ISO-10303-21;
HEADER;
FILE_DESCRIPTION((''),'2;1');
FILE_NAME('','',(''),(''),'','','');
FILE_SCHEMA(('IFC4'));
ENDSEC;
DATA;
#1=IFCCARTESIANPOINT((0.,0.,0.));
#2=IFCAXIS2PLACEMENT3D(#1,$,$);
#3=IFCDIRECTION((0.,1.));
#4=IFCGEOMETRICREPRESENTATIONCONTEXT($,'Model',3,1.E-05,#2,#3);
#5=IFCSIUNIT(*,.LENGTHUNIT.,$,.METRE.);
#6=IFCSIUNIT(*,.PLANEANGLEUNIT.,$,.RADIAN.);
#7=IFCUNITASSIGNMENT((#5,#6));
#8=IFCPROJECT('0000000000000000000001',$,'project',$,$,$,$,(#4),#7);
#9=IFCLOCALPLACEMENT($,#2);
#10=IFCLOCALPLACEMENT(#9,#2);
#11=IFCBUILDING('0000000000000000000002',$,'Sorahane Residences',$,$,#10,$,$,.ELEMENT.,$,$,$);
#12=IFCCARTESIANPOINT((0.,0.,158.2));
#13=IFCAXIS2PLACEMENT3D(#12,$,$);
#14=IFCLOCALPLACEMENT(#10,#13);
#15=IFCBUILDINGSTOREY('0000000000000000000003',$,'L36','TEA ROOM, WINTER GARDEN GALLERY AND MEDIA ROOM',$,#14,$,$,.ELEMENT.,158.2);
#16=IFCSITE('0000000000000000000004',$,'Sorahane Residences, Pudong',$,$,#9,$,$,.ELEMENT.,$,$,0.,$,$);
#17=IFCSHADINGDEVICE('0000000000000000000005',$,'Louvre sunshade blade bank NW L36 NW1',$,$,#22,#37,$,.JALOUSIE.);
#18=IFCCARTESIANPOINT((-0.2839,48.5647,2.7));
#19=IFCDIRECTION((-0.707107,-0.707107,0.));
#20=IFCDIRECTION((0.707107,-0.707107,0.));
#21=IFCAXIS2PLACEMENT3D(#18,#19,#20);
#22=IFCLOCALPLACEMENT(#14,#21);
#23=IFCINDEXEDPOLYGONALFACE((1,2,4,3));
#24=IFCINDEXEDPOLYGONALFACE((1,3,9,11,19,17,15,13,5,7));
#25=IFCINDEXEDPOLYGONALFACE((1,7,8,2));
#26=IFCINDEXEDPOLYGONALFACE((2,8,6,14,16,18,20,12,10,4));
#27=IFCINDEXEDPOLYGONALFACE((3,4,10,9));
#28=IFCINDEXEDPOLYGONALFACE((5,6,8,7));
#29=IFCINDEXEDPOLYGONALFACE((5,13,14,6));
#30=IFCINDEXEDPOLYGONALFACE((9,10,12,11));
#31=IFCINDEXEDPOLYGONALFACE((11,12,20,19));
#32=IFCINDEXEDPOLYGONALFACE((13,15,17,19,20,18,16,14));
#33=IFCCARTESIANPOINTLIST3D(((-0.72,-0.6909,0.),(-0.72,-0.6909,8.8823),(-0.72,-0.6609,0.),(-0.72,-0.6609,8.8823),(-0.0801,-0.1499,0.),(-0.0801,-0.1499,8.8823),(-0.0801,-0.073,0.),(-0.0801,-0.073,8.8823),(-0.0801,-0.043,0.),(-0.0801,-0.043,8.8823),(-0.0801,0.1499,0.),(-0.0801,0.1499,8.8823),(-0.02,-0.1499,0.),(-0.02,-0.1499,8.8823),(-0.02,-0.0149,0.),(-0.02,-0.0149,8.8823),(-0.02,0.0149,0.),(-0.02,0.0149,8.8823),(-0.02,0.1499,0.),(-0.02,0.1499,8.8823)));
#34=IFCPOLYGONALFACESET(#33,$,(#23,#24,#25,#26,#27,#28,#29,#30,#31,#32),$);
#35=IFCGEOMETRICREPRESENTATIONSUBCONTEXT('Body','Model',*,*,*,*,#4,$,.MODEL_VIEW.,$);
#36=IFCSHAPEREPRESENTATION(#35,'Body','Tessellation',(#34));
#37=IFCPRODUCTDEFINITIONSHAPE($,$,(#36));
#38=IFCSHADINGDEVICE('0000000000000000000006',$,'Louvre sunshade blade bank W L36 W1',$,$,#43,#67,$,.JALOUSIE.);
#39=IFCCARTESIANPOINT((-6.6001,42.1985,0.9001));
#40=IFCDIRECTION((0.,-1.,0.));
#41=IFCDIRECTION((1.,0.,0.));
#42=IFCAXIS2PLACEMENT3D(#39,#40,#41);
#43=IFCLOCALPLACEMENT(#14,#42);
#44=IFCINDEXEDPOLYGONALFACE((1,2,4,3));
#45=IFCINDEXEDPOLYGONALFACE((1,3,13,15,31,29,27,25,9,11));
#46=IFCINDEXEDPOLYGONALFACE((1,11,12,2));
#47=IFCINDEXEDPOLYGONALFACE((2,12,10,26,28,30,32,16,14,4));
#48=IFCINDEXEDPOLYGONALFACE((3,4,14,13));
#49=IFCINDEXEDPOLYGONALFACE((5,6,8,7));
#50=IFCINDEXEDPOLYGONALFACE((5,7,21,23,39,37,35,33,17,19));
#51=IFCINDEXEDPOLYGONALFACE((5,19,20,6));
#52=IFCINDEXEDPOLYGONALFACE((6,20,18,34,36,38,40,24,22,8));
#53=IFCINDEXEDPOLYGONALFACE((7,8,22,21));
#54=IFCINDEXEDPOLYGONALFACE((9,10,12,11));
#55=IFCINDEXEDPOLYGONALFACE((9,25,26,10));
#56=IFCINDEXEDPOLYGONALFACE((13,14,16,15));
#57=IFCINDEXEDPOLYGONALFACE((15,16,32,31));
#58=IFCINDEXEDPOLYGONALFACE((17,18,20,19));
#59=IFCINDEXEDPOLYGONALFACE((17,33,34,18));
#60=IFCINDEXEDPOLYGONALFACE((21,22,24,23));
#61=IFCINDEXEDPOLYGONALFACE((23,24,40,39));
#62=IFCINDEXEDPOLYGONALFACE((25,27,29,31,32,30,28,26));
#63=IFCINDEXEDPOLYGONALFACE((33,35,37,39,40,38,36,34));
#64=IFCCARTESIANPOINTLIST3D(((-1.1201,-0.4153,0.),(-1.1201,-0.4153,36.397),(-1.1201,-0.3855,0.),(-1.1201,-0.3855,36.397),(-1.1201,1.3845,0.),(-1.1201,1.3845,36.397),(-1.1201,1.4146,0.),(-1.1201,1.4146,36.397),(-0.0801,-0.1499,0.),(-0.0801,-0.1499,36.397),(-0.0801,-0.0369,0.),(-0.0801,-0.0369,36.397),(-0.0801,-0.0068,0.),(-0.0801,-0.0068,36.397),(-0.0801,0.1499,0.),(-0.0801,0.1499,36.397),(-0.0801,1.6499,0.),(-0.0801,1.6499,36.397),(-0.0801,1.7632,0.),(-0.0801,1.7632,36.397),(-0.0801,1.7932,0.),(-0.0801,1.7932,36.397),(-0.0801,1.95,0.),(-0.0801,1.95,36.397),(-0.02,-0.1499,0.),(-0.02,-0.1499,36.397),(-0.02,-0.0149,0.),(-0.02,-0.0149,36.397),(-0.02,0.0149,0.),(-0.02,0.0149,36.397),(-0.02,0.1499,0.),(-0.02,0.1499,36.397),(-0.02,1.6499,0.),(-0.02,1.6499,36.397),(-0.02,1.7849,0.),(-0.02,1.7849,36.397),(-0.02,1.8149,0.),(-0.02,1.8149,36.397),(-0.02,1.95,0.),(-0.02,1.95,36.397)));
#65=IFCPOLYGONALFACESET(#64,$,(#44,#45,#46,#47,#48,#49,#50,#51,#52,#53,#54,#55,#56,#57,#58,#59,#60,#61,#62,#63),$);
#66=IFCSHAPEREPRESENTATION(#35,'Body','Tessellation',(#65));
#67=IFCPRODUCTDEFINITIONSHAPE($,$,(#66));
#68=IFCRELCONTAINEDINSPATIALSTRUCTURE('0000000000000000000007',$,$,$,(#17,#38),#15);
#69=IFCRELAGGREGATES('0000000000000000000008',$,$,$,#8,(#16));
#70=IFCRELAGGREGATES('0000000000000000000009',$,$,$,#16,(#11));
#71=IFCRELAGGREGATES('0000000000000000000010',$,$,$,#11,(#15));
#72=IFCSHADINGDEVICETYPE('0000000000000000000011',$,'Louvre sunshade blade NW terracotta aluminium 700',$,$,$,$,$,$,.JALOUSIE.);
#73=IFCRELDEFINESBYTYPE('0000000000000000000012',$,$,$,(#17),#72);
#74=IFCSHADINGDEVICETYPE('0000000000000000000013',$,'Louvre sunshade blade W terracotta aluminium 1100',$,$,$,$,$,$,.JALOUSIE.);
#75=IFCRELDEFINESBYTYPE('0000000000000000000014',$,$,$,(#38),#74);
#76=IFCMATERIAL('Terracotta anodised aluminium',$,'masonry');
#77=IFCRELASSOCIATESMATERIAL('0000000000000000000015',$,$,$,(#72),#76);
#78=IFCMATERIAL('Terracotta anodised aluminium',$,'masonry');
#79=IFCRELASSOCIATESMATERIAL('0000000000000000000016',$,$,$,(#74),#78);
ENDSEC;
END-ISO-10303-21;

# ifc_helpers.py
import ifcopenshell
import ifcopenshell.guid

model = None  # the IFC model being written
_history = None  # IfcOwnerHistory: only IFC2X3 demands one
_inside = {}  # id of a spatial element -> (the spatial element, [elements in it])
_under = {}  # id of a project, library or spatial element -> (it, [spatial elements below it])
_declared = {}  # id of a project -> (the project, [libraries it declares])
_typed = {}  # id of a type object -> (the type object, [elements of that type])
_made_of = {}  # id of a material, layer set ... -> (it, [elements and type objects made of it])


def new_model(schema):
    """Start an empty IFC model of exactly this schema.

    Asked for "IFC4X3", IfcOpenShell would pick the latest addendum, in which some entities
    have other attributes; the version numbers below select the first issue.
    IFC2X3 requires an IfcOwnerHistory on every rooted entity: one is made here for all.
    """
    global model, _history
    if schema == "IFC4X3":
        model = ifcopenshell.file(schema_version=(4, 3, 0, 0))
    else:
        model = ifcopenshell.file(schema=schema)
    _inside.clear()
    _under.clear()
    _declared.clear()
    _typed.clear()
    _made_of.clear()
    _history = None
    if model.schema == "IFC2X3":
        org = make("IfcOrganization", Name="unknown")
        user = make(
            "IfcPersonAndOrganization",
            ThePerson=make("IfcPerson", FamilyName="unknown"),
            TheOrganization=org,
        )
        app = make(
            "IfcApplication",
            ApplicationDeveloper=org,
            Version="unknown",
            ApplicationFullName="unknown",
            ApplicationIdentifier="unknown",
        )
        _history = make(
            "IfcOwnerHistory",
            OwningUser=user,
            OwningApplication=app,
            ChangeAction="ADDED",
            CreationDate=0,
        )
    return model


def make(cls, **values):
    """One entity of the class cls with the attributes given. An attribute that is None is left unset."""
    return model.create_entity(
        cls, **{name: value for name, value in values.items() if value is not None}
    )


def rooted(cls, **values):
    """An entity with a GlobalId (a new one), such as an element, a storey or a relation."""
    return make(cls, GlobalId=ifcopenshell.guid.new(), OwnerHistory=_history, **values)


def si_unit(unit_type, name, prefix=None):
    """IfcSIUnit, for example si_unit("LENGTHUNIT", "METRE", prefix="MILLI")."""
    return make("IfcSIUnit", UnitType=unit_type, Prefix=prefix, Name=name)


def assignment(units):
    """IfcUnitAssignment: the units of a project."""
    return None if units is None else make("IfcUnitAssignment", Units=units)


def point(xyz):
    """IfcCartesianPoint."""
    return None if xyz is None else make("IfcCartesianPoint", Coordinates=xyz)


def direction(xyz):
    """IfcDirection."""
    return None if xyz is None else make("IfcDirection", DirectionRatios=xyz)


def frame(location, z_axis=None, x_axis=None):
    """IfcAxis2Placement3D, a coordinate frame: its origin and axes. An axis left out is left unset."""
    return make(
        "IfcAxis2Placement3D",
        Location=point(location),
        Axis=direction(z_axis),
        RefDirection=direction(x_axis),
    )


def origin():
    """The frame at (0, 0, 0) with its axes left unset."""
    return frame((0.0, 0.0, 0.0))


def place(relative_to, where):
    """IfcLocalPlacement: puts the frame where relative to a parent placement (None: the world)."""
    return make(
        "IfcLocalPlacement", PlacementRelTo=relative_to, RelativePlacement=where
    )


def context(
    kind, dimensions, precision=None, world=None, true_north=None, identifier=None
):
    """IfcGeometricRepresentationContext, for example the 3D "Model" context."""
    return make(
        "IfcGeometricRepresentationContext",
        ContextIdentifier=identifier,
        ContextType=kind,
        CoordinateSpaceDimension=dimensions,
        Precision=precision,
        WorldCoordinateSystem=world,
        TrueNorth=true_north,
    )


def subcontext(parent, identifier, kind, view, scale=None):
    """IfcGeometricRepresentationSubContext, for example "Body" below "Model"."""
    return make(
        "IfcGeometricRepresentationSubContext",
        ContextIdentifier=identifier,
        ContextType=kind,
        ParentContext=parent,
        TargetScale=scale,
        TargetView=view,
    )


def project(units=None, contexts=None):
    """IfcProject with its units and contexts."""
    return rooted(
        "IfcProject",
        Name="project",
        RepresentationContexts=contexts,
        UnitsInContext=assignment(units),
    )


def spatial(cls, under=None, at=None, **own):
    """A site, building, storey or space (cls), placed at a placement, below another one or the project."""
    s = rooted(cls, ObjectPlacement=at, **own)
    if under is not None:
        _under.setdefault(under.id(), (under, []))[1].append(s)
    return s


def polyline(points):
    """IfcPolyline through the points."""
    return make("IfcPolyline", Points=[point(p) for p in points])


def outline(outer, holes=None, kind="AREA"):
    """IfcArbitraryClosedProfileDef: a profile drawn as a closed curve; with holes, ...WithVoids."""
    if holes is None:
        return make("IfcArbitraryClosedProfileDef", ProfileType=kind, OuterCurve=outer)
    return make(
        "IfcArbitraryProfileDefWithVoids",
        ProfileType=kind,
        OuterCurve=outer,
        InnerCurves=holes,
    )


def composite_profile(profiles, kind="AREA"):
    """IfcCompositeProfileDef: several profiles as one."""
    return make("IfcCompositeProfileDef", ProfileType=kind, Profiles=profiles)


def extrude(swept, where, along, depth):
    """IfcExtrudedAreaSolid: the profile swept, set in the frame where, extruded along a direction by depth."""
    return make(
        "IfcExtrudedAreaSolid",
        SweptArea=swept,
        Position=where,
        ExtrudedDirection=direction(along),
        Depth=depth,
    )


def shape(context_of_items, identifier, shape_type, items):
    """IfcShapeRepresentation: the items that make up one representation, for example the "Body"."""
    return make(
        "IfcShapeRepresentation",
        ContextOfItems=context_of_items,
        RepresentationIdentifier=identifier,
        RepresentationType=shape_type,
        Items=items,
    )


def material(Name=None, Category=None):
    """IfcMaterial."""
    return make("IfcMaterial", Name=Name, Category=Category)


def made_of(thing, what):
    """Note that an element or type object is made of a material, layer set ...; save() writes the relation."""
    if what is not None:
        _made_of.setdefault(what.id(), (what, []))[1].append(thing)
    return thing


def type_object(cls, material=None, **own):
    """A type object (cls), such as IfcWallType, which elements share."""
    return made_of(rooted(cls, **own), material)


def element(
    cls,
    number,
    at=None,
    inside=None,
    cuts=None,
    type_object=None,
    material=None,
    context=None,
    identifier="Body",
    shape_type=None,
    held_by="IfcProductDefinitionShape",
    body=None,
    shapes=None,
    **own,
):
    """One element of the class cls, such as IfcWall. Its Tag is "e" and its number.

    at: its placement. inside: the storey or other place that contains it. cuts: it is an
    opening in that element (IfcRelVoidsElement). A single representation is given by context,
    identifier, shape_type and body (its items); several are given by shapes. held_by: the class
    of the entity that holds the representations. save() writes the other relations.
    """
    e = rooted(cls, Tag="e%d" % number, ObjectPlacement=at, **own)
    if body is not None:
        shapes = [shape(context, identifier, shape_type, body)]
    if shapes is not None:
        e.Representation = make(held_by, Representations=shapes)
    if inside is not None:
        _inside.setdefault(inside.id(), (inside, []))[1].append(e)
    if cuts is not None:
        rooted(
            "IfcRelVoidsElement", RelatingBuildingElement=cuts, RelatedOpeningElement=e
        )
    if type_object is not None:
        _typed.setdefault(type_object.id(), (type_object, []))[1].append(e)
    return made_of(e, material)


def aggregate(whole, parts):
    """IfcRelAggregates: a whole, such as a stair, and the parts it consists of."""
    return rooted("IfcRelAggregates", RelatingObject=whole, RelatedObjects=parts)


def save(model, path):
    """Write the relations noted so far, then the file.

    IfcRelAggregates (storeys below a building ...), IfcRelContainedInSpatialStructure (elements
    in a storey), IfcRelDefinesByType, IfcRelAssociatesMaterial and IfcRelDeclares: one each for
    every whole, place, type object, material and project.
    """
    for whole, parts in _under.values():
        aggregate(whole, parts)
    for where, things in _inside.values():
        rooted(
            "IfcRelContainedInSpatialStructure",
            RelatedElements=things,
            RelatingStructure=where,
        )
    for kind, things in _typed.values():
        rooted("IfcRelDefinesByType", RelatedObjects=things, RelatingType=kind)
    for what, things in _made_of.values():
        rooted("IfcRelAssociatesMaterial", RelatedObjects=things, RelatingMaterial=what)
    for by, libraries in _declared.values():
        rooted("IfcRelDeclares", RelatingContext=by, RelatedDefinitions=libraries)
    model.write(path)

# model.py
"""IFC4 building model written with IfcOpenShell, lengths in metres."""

from ifc_helpers import new_model, si_unit, direction, frame, origin, place, context, subcontext, project, spatial, polyline, outline, composite_profile, extrude, material, type_object, element, save


model = new_model("IFC4")

# Units and contexts
model_context = context("Model", 3, precision=1e-05, world=origin(), true_north=direction((0.0, 1.0)))
body_context = subcontext(model_context, "Body", "Model", "MODEL_VIEW")
ifc_project = project(units=[si_unit("LENGTHUNIT", "METRE"), si_unit("PLANEANGLEUNIT", "RADIAN")], contexts=[model_context])

# Site, building, storey
site_placement = place(None, origin())
site = spatial("IfcSite", under=ifc_project, at=site_placement, Name="Sorahane Residences, Pudong", CompositionType="ELEMENT", RefElevation=0.0)
building_placement = place(site_placement, origin())
building = spatial("IfcBuilding", under=site, at=building_placement, Name="Sorahane Residences", CompositionType="ELEMENT")
storey_placement = place(building_placement, frame((0.0, 0.0, 158.2)))
storey = spatial("IfcBuildingStorey", under=building, at=storey_placement, Name="L36", Description="TEA ROOM, WINTER GARDEN GALLERY AND MEDIA ROOM", CompositionType="ELEMENT", Elevation=158.2)

# Shading devices
ifc_material_1 = material(Name="Terracotta anodised aluminium", Category="masonry")
shading_device_type_1 = type_object("IfcShadingDeviceType", Name="Louvre sunshade blade NW terracotta aluminium 700", PredefinedType="JALOUSIE", material=ifc_material_1)
shading_device_1_placement = place(storey_placement, frame((-0.2839, 48.5647, 2.7), z_axis=(-0.707107, -0.707107, 0.0), x_axis=(0.707107, -0.707107, 0.0)))
element("IfcShadingDevice", 1, at=shading_device_1_placement, inside=storey, type_object=shading_device_type_1, Name="Louvre sunshade blade bank NW L36 NW1", PredefinedType="JALOUSIE", context=body_context, shape_type="SweptSolid", body=[
    extrude(outline(polyline([(-0.72, -0.6609), (-0.72, -0.6909), (-0.0801, -0.073), (-0.0801, -0.1499), (-0.02, -0.1499), (-0.02, -0.0149), (-0.02, 0.0149), (-0.02, 0.1499), (-0.0801, 0.1499), (-0.0801, -0.043), (-0.72, -0.6609)])), origin(), (0.0, 0.0, 1.0), 8.8823),
])
ifc_material_2 = material(Name="Terracotta anodised aluminium", Category="masonry")
shading_device_type_2 = type_object("IfcShadingDeviceType", Name="Louvre sunshade blade W terracotta aluminium 1100", PredefinedType="JALOUSIE", material=ifc_material_2)
shading_device_2_placement = place(storey_placement, frame((-6.6001, 42.1985, 0.9001), z_axis=(0.0, -1.0, 0.0), x_axis=(1.0, 0.0, 0.0)))
element("IfcShadingDevice", 2, at=shading_device_2_placement, inside=storey, type_object=shading_device_type_2, Name="Louvre sunshade blade bank W L36 W1", PredefinedType="JALOUSIE", context=body_context, shape_type="SweptSolid", body=[
    extrude(composite_profile([outline(polyline([(-1.1201, -0.3855), (-1.1201, -0.4153), (-0.0801, -0.0369), (-0.0801, -0.1499), (-0.02, -0.1499), (-0.02, -0.0149), (-0.02, 0.0149), (-0.02, 0.1499), (-0.0801, 0.1499), (-0.0801, -0.0068), (-1.1201, -0.3855)])), outline(polyline([(-1.1201, 1.4146), (-1.1201, 1.3845), (-0.0801, 1.7632), (-0.0801, 1.6499), (-0.02, 1.6499), (-0.02, 1.7849), (-0.02, 1.8149), (-0.02, 1.95), (-0.0801, 1.95), (-0.0801, 1.7932), (-1.1201, 1.4146)]))]), origin(), (0.0, 0.0, 1.0), 36.397),
])

save(model, "model.ifc")
